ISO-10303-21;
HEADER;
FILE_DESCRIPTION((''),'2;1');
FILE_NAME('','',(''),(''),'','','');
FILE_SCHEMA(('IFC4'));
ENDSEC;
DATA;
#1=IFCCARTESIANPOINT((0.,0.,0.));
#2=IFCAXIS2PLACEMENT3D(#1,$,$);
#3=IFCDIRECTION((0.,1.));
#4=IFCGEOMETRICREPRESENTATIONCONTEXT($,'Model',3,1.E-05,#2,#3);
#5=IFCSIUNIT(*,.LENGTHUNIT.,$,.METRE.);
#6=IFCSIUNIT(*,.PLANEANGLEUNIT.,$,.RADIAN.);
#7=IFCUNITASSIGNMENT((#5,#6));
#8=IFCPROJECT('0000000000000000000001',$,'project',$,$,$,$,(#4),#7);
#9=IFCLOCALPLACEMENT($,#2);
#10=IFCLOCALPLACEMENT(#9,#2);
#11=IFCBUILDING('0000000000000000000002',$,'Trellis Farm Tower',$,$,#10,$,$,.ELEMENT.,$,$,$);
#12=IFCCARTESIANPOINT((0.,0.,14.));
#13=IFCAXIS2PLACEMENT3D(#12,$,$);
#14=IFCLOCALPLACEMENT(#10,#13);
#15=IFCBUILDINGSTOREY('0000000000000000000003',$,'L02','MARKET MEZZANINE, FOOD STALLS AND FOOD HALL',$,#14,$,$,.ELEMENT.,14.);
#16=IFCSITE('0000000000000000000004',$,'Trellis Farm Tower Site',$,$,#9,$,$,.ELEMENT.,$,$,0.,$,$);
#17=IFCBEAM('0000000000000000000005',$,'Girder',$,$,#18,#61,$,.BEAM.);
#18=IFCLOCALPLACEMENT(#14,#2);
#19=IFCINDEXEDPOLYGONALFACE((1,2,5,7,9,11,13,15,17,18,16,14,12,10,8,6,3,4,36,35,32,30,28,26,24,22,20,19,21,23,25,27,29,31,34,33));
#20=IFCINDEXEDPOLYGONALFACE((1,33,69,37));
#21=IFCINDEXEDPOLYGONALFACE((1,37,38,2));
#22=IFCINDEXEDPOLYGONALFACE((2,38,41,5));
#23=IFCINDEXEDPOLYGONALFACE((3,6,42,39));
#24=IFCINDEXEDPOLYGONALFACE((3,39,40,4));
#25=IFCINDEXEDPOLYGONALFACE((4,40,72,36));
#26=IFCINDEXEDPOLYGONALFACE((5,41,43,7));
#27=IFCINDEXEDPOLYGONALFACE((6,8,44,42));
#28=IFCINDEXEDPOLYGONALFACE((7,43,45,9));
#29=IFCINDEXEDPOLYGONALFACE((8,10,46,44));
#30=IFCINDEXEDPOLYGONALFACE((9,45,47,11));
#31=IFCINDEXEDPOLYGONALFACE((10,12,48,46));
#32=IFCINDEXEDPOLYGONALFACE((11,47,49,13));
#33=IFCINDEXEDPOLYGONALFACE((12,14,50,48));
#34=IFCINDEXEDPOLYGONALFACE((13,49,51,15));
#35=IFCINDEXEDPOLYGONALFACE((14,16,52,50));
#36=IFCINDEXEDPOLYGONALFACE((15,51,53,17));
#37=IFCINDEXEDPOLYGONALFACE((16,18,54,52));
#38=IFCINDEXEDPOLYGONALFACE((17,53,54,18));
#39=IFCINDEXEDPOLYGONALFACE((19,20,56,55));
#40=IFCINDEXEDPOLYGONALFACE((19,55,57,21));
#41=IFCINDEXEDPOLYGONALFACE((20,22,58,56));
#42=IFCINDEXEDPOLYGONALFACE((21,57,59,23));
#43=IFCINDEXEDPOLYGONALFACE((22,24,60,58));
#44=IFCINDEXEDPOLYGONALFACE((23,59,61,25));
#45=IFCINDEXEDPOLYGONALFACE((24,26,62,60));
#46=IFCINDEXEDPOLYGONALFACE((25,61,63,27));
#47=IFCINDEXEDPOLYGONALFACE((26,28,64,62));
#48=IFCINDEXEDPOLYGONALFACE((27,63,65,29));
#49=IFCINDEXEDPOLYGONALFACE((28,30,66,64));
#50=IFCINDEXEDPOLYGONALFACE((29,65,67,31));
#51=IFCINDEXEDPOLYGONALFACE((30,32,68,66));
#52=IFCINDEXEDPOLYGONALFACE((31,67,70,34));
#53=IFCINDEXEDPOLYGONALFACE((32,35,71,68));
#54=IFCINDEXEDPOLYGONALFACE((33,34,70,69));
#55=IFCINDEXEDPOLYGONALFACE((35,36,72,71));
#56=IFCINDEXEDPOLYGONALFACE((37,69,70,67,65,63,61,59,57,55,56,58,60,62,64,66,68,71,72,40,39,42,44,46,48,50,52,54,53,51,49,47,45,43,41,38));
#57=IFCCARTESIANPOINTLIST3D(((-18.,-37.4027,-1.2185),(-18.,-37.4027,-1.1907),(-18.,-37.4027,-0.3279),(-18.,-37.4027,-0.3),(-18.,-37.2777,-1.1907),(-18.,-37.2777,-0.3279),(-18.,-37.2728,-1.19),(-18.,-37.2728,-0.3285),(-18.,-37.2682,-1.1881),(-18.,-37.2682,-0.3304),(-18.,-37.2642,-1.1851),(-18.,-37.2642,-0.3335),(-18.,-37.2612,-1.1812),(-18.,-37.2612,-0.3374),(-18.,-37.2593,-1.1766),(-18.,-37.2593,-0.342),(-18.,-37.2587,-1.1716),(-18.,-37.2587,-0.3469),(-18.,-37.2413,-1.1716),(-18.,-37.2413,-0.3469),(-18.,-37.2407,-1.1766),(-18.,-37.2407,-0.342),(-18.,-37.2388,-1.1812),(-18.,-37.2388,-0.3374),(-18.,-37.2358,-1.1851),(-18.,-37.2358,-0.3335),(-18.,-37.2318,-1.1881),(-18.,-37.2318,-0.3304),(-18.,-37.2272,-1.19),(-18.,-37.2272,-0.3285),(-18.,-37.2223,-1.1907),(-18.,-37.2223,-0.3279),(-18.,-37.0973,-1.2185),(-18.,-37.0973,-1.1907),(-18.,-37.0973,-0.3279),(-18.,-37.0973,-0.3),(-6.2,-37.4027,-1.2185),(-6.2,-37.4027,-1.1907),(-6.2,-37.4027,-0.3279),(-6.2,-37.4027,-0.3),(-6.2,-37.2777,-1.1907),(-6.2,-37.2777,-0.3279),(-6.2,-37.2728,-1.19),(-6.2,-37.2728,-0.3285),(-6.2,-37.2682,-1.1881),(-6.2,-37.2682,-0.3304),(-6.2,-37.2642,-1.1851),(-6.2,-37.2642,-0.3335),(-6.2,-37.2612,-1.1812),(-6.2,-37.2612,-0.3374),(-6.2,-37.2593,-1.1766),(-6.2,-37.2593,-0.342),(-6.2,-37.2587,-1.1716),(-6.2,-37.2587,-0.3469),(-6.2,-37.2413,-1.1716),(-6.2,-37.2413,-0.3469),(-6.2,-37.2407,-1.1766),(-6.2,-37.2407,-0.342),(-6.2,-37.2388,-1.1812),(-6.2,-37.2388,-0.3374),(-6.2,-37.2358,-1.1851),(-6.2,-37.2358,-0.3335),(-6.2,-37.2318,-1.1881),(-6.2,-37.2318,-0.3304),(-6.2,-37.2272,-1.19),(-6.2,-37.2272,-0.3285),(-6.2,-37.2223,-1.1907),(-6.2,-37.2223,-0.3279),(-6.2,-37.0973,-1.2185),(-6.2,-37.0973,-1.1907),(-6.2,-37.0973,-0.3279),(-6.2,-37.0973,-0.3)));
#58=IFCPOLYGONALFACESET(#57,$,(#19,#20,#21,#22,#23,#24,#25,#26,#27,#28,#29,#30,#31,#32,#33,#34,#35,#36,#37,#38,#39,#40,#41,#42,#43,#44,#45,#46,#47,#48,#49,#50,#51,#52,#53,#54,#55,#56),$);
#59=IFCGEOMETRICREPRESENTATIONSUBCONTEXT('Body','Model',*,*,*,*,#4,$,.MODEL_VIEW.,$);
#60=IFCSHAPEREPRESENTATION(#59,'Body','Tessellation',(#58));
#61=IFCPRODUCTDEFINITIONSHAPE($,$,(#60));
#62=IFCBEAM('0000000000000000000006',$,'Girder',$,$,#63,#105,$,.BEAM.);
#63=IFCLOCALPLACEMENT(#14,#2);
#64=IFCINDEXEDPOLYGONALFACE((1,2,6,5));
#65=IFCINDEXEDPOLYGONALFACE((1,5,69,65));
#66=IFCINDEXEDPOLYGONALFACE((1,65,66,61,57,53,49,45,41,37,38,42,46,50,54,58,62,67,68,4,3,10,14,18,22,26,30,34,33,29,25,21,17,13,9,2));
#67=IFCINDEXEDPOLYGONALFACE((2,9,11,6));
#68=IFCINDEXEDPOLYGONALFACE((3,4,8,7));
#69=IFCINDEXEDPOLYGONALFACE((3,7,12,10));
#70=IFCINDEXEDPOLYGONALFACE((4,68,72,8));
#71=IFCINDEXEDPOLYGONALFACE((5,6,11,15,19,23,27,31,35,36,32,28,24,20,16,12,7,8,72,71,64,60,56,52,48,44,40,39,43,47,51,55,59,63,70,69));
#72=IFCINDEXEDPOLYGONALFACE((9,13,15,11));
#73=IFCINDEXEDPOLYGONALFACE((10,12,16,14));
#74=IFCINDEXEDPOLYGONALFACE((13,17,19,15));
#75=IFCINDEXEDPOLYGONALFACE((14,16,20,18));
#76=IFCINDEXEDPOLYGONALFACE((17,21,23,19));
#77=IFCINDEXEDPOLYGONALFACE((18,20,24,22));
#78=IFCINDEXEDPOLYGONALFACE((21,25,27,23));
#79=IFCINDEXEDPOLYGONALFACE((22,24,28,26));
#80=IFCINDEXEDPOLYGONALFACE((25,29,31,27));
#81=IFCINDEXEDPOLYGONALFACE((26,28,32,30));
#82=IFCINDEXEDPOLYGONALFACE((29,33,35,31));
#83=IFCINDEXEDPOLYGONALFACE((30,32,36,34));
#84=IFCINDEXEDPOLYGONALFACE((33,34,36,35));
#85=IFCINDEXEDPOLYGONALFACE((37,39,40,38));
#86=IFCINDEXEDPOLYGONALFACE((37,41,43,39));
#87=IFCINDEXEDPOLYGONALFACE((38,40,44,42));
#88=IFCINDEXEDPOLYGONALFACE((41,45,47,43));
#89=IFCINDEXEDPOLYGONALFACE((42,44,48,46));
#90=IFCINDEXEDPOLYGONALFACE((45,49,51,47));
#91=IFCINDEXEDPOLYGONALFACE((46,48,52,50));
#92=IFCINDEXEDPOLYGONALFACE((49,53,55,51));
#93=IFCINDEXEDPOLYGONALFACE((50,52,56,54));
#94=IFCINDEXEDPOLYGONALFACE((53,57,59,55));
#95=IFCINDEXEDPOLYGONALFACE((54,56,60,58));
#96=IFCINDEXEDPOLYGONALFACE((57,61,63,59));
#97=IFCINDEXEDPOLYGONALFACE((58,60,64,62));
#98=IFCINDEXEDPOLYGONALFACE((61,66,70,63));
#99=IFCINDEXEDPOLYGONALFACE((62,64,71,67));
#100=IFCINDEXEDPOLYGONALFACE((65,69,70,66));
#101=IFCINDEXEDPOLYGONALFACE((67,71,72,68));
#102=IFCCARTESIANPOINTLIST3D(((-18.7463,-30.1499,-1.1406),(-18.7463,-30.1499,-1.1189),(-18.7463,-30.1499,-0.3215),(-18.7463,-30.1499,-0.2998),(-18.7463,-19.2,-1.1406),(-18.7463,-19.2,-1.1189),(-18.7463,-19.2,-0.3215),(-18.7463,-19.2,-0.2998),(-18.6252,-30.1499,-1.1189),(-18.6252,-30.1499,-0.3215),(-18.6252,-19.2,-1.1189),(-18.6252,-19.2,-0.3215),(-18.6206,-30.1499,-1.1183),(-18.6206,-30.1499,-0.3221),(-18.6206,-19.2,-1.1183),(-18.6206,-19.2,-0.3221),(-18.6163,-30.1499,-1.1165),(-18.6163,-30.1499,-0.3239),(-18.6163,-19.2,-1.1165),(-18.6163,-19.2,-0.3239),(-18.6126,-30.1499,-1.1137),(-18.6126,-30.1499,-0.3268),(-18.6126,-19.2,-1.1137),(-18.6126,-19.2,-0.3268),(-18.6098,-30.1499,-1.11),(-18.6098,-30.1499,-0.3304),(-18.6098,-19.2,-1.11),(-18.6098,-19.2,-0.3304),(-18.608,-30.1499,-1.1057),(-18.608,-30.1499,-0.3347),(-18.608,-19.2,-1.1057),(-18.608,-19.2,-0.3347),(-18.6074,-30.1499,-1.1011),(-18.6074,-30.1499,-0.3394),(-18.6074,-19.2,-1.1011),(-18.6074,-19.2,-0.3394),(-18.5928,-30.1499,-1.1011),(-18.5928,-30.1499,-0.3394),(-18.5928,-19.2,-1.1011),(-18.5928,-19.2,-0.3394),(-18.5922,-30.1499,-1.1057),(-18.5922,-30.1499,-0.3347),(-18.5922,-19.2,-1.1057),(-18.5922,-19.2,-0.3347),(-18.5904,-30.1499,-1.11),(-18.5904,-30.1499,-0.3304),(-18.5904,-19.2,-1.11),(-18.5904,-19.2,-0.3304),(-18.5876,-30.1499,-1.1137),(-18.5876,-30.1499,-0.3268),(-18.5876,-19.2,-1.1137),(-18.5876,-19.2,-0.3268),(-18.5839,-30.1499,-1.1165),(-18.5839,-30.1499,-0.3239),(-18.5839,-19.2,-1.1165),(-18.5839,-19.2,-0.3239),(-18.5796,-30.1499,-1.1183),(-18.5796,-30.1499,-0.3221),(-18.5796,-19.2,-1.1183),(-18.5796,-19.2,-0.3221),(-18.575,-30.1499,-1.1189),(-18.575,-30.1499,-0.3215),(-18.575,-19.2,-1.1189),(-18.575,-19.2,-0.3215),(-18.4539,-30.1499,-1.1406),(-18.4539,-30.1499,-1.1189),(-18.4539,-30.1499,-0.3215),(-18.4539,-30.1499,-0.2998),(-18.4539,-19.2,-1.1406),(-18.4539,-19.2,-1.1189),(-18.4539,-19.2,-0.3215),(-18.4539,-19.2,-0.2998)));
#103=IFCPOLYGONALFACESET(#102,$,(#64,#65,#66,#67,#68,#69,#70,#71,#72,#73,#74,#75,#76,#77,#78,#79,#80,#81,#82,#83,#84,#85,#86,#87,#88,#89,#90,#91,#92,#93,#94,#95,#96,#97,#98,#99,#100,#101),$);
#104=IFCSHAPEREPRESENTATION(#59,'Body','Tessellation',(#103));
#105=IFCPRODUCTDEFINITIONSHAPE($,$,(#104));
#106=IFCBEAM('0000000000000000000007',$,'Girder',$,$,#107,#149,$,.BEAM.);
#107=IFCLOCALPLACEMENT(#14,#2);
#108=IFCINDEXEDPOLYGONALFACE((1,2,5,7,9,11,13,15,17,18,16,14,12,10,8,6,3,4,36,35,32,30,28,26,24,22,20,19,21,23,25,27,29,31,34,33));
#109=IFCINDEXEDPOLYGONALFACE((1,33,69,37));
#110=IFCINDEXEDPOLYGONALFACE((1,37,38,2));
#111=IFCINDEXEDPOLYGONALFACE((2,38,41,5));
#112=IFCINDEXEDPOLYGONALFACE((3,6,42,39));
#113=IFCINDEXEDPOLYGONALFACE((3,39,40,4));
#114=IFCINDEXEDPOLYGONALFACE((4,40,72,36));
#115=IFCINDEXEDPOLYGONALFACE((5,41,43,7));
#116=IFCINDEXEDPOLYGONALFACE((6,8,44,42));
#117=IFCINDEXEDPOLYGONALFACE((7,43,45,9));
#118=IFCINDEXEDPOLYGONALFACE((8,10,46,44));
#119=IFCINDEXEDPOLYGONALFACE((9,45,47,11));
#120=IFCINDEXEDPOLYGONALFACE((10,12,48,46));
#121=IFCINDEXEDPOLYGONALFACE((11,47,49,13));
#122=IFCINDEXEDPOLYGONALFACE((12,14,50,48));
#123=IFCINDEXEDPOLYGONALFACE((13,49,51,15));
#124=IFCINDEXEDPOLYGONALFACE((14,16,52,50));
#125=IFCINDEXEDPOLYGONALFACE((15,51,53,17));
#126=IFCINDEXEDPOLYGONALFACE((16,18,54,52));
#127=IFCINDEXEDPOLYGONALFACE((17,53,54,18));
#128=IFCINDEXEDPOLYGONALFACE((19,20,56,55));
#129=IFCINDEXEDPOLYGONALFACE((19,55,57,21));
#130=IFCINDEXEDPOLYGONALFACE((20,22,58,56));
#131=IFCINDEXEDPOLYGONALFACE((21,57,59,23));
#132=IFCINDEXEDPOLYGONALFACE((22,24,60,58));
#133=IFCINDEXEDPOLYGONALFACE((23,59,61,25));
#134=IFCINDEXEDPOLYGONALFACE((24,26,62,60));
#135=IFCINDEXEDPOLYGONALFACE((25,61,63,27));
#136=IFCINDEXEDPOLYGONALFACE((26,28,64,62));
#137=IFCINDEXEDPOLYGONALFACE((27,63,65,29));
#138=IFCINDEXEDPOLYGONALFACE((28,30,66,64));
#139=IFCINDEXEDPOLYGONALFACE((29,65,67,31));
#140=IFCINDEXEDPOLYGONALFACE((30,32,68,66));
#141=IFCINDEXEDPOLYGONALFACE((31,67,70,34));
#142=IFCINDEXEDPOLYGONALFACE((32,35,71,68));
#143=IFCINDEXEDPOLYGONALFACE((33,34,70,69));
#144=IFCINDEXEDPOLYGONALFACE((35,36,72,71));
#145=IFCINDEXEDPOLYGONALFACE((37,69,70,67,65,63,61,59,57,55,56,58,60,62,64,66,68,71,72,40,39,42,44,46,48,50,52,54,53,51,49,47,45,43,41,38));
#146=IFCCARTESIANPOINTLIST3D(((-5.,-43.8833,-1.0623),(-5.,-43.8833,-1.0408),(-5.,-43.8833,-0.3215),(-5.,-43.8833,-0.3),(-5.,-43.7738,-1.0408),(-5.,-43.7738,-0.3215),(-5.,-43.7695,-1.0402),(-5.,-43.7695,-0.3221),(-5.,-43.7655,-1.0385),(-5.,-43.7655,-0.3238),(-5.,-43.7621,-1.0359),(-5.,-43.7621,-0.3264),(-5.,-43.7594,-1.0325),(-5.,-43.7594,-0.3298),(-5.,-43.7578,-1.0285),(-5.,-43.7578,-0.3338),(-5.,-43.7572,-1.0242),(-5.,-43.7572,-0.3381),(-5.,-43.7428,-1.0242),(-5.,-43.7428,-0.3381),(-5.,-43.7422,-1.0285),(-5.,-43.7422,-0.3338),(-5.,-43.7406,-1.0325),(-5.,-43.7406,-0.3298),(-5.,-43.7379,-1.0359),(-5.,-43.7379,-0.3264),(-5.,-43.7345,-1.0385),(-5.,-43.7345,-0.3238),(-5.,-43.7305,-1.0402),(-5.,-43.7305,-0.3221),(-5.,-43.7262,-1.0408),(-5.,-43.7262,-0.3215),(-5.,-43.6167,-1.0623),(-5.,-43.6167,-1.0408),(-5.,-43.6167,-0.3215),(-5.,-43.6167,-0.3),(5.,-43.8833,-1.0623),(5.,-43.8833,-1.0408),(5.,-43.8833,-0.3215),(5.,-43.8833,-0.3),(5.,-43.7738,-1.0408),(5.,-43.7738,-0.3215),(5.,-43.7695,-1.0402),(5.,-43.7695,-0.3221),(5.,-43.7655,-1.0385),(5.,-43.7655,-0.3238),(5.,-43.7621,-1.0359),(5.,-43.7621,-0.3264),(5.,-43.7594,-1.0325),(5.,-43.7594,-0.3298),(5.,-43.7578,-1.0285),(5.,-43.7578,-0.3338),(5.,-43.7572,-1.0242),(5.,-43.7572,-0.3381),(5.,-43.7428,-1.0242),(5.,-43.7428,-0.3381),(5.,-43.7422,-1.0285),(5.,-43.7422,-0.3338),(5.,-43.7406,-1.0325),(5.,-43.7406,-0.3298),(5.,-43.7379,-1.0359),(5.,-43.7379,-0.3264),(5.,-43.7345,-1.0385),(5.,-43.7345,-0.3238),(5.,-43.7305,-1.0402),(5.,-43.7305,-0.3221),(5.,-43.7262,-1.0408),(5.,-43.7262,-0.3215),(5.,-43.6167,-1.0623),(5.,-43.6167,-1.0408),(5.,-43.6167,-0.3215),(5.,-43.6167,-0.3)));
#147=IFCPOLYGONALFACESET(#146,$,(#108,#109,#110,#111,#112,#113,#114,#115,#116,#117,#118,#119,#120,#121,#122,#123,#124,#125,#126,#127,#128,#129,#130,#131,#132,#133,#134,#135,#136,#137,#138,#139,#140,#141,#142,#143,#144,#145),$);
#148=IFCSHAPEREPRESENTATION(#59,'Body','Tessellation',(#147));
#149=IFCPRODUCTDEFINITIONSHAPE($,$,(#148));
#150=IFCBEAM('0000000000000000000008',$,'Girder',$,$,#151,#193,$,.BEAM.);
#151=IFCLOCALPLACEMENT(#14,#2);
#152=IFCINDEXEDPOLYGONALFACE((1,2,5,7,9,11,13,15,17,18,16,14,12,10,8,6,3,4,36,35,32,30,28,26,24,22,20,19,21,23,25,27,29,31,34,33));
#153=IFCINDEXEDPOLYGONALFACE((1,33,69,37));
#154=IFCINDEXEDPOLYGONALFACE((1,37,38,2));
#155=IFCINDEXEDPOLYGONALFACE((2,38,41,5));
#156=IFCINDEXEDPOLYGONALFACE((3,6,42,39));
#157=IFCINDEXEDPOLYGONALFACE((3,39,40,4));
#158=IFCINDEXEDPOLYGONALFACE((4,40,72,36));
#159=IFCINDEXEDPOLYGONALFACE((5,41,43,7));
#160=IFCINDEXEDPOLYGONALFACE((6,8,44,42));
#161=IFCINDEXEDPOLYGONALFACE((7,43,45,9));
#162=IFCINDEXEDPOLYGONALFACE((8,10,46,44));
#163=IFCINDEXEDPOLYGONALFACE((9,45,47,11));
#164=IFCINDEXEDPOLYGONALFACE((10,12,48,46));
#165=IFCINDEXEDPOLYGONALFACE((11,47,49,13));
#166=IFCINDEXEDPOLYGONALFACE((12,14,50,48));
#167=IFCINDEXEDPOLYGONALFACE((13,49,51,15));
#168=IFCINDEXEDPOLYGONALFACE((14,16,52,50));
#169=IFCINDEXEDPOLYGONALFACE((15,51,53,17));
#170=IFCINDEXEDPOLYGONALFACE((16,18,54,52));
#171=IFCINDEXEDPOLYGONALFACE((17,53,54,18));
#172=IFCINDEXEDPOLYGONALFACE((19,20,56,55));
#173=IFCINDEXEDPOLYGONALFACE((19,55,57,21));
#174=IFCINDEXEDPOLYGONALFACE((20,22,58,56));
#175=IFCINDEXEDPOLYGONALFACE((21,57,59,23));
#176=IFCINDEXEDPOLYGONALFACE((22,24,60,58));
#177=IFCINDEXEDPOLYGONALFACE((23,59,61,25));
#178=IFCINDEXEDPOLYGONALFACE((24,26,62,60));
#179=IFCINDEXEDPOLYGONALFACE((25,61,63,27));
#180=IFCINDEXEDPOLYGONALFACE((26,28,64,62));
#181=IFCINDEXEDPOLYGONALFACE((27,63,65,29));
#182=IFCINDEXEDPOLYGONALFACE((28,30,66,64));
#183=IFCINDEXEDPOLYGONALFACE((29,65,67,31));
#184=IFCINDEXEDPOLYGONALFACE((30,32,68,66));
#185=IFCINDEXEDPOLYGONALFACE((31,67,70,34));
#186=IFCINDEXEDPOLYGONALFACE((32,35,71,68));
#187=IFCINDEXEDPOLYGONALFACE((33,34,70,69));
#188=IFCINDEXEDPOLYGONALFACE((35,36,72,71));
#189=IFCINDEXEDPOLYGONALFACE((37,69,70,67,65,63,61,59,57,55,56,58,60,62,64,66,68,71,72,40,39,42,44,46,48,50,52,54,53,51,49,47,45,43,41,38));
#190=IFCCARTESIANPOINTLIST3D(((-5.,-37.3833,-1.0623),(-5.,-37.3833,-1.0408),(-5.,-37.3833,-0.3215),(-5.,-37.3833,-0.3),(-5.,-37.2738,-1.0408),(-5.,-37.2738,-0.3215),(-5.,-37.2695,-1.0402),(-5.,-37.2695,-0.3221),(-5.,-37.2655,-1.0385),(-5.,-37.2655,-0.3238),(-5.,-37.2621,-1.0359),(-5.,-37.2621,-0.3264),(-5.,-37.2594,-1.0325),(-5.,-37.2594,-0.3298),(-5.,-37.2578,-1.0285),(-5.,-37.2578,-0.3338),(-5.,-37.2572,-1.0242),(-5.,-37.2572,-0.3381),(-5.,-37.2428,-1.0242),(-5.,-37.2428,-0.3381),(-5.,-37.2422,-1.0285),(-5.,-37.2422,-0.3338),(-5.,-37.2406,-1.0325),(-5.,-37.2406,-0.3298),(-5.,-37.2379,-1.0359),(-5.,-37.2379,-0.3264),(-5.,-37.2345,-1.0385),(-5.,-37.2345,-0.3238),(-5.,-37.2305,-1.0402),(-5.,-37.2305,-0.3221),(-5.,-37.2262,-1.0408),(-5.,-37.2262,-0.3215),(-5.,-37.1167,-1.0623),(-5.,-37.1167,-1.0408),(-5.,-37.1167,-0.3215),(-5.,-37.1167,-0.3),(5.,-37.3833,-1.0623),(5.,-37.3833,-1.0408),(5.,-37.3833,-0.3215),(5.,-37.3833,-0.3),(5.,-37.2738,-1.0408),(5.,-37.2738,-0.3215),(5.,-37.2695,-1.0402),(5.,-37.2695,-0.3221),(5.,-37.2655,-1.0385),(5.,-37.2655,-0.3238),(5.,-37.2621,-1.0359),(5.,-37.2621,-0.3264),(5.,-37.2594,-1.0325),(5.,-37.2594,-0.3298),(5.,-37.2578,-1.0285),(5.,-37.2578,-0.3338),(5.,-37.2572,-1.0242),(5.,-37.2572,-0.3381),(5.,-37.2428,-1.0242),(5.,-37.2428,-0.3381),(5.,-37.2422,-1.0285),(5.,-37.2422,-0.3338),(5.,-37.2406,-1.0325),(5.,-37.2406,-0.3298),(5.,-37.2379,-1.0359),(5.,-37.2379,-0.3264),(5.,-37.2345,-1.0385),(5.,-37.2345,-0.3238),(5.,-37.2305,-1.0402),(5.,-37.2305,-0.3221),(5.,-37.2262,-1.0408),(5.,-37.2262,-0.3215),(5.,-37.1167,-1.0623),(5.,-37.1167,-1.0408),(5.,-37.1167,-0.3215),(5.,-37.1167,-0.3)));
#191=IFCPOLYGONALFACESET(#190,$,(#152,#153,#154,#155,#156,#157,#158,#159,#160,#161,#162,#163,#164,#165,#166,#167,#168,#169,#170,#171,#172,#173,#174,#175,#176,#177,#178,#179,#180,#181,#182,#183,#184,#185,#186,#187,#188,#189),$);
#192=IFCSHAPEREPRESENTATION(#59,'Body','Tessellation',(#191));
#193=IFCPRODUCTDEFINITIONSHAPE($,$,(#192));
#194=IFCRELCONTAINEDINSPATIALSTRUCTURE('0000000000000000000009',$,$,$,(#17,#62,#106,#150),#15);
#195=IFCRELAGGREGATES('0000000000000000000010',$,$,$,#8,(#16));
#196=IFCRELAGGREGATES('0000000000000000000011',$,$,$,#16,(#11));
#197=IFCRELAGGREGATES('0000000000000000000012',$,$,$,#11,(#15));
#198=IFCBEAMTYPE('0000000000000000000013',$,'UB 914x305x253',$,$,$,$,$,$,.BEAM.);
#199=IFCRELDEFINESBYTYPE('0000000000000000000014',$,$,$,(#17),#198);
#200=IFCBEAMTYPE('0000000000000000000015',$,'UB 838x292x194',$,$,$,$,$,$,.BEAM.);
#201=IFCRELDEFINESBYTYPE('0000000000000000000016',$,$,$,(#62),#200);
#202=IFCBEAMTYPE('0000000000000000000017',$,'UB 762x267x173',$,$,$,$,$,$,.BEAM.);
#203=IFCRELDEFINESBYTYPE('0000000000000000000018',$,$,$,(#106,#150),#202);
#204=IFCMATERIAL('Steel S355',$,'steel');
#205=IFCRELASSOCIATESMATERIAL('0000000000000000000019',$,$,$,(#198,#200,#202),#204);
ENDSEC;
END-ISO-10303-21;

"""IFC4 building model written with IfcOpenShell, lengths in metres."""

from ifc_helpers import new_model, si_unit, direction, frame, origin, origin_2d, place, context, subcontext, project, spatial, i_section, extrude, source, transform, mapped, material, material_profile, profile_set, type_object, element, save


model = new_model("IFC4")

# Units and contexts
model_context = context("Model", 3, precision=1e-05, world=origin(), true_north=direction((0.0, 1.0)))
body_context = subcontext(model_context, "Body", "Model", "MODEL_VIEW")
ifc_project = project(units=[si_unit("LENGTHUNIT", "METRE"), si_unit("PLANEANGLEUNIT", "RADIAN")], contexts=[model_context])

# Site, building, storey
site_placement = place(None, origin())
site = spatial("IfcSite", under=ifc_project, at=site_placement, Name="Trellis Farm Tower Site", CompositionType="ELEMENT", RefElevation=0.0)
building_placement = place(site_placement, origin())
building = spatial("IfcBuilding", under=site, at=building_placement, Name="Trellis Farm Tower", CompositionType="ELEMENT")
storey_placement = place(building_placement, frame((0.0, 0.0, 14.0)))
storey = spatial("IfcBuildingStorey", under=building, at=storey_placement, Name="L02", Description="MARKET MEZZANINE, FOOD STALLS AND FOOD HALL", CompositionType="ELEMENT", Elevation=14.0)

# Beams
ifc_material_1 = material(Name="Steel S355", Category="steel")
ifc_material_profile_1 = material_profile(ifc_material_1, i_section(OverallWidth=0.3054, OverallDepth=0.9185, WebThickness=0.0173, FlangeThickness=0.0278, FilletRadius=0.019, at=origin_2d()), Name="UB 914x305x253")
ifc_profile_set_1 = profile_set([ifc_material_profile_1], Name="Steel S355")
beam_type_1 = type_object("IfcBeamType", Name="UB 914x305x253", PredefinedType="BEAM", material=ifc_profile_set_1)
shared_shape_1 = source(origin(), body_context, "Body", "SweptSolid", [
    extrude(i_section(OverallWidth=0.3054, OverallDepth=0.9185, WebThickness=0.0173, FlangeThickness=0.0278, FilletRadius=0.019, at=origin_2d()), origin(), (0.0, 0.0, 1.0), 11.8),
])
for number, where, z_axis, x_axis, name in (
    (1, (-18.0, -37.25, -0.7593), (1.0, 0.0, 0.0), (0.0, 1.0, 0.0), "Girder"),
):
    element("IfcBeam", number, at=place(storey_placement, frame(where, z_axis=z_axis, x_axis=x_axis)), inside=storey, type_object=beam_type_1, Name=name, PredefinedType="BEAM", context=body_context, shape_type="MappedRepresentation", body=[
        mapped(shared_shape_1, transform((0.0, 0.0, 0.0))),
    ])
ifc_material_profile_2 = material_profile(ifc_material_1, i_section(OverallWidth=0.2925, OverallDepth=0.8408, WebThickness=0.0146, FlangeThickness=0.0217, FilletRadius=0.0178, at=origin_2d()), Name="UB 838x292x194")
ifc_profile_set_2 = profile_set([ifc_material_profile_2], Name="Steel S355")
beam_type_2 = type_object("IfcBeamType", Name="UB 838x292x194", PredefinedType="BEAM", material=ifc_profile_set_2)
shared_shape_2 = source(origin(), body_context, "Body", "SweptSolid", [
    extrude(i_section(OverallWidth=0.2925, OverallDepth=0.8408, WebThickness=0.0146, FlangeThickness=0.0217, FilletRadius=0.0178, at=origin_2d()), origin(), (0.0, 0.0, 1.0), 10.95),
])
beam_1_placement = place(storey_placement, frame((-18.6001, -30.1499, -0.7202), z_axis=(0.0, 1.0, 0.0), x_axis=(-1.0, 0.0, 0.0)))
element("IfcBeam", 2, at=beam_1_placement, inside=storey, type_object=beam_type_2, Name="Girder", PredefinedType="BEAM", context=body_context, shape_type="MappedRepresentation", body=[
    mapped(shared_shape_2, transform((0.0, 0.0, 0.0))),
])
ifc_material_profile_3 = material_profile(ifc_material_1, i_section(OverallWidth=0.2666, OverallDepth=0.7622, WebThickness=0.0144, FlangeThickness=0.0215, FilletRadius=0.0166, at=origin_2d()), Name="UB 762x267x173")
ifc_profile_set_3 = profile_set([ifc_material_profile_3], Name="Steel S355")
beam_type_3 = type_object("IfcBeamType", Name="UB 762x267x173", PredefinedType="BEAM", material=ifc_profile_set_3)
shared_shape_3 = source(origin(), body_context, "Body", "SweptSolid", [
    extrude(i_section(OverallWidth=0.2666, OverallDepth=0.7622, WebThickness=0.0144, FlangeThickness=0.0215, FilletRadius=0.0166, at=origin_2d()), origin(), (0.0, 0.0, 1.0), 10.0),
])
for number, where, z_axis, x_axis, name in (
    (3, (-5.0, -43.75, -0.6812), (1.0, 0.0, 0.0), (0.0, 1.0, 0.0), "Girder"),
    (4, (-5.0, -37.25, -0.6812), (1.0, 0.0, 0.0), (0.0, 1.0, 0.0), "Girder"),
):
    element("IfcBeam", number, at=place(storey_placement, frame(where, z_axis=z_axis, x_axis=x_axis)), inside=storey, type_object=beam_type_3, Name=name, PredefinedType="BEAM", context=body_context, shape_type="MappedRepresentation", body=[
        mapped(shared_shape_3, transform((0.0, 0.0, 0.0))),
    ])

save(model, "model.ifc")
